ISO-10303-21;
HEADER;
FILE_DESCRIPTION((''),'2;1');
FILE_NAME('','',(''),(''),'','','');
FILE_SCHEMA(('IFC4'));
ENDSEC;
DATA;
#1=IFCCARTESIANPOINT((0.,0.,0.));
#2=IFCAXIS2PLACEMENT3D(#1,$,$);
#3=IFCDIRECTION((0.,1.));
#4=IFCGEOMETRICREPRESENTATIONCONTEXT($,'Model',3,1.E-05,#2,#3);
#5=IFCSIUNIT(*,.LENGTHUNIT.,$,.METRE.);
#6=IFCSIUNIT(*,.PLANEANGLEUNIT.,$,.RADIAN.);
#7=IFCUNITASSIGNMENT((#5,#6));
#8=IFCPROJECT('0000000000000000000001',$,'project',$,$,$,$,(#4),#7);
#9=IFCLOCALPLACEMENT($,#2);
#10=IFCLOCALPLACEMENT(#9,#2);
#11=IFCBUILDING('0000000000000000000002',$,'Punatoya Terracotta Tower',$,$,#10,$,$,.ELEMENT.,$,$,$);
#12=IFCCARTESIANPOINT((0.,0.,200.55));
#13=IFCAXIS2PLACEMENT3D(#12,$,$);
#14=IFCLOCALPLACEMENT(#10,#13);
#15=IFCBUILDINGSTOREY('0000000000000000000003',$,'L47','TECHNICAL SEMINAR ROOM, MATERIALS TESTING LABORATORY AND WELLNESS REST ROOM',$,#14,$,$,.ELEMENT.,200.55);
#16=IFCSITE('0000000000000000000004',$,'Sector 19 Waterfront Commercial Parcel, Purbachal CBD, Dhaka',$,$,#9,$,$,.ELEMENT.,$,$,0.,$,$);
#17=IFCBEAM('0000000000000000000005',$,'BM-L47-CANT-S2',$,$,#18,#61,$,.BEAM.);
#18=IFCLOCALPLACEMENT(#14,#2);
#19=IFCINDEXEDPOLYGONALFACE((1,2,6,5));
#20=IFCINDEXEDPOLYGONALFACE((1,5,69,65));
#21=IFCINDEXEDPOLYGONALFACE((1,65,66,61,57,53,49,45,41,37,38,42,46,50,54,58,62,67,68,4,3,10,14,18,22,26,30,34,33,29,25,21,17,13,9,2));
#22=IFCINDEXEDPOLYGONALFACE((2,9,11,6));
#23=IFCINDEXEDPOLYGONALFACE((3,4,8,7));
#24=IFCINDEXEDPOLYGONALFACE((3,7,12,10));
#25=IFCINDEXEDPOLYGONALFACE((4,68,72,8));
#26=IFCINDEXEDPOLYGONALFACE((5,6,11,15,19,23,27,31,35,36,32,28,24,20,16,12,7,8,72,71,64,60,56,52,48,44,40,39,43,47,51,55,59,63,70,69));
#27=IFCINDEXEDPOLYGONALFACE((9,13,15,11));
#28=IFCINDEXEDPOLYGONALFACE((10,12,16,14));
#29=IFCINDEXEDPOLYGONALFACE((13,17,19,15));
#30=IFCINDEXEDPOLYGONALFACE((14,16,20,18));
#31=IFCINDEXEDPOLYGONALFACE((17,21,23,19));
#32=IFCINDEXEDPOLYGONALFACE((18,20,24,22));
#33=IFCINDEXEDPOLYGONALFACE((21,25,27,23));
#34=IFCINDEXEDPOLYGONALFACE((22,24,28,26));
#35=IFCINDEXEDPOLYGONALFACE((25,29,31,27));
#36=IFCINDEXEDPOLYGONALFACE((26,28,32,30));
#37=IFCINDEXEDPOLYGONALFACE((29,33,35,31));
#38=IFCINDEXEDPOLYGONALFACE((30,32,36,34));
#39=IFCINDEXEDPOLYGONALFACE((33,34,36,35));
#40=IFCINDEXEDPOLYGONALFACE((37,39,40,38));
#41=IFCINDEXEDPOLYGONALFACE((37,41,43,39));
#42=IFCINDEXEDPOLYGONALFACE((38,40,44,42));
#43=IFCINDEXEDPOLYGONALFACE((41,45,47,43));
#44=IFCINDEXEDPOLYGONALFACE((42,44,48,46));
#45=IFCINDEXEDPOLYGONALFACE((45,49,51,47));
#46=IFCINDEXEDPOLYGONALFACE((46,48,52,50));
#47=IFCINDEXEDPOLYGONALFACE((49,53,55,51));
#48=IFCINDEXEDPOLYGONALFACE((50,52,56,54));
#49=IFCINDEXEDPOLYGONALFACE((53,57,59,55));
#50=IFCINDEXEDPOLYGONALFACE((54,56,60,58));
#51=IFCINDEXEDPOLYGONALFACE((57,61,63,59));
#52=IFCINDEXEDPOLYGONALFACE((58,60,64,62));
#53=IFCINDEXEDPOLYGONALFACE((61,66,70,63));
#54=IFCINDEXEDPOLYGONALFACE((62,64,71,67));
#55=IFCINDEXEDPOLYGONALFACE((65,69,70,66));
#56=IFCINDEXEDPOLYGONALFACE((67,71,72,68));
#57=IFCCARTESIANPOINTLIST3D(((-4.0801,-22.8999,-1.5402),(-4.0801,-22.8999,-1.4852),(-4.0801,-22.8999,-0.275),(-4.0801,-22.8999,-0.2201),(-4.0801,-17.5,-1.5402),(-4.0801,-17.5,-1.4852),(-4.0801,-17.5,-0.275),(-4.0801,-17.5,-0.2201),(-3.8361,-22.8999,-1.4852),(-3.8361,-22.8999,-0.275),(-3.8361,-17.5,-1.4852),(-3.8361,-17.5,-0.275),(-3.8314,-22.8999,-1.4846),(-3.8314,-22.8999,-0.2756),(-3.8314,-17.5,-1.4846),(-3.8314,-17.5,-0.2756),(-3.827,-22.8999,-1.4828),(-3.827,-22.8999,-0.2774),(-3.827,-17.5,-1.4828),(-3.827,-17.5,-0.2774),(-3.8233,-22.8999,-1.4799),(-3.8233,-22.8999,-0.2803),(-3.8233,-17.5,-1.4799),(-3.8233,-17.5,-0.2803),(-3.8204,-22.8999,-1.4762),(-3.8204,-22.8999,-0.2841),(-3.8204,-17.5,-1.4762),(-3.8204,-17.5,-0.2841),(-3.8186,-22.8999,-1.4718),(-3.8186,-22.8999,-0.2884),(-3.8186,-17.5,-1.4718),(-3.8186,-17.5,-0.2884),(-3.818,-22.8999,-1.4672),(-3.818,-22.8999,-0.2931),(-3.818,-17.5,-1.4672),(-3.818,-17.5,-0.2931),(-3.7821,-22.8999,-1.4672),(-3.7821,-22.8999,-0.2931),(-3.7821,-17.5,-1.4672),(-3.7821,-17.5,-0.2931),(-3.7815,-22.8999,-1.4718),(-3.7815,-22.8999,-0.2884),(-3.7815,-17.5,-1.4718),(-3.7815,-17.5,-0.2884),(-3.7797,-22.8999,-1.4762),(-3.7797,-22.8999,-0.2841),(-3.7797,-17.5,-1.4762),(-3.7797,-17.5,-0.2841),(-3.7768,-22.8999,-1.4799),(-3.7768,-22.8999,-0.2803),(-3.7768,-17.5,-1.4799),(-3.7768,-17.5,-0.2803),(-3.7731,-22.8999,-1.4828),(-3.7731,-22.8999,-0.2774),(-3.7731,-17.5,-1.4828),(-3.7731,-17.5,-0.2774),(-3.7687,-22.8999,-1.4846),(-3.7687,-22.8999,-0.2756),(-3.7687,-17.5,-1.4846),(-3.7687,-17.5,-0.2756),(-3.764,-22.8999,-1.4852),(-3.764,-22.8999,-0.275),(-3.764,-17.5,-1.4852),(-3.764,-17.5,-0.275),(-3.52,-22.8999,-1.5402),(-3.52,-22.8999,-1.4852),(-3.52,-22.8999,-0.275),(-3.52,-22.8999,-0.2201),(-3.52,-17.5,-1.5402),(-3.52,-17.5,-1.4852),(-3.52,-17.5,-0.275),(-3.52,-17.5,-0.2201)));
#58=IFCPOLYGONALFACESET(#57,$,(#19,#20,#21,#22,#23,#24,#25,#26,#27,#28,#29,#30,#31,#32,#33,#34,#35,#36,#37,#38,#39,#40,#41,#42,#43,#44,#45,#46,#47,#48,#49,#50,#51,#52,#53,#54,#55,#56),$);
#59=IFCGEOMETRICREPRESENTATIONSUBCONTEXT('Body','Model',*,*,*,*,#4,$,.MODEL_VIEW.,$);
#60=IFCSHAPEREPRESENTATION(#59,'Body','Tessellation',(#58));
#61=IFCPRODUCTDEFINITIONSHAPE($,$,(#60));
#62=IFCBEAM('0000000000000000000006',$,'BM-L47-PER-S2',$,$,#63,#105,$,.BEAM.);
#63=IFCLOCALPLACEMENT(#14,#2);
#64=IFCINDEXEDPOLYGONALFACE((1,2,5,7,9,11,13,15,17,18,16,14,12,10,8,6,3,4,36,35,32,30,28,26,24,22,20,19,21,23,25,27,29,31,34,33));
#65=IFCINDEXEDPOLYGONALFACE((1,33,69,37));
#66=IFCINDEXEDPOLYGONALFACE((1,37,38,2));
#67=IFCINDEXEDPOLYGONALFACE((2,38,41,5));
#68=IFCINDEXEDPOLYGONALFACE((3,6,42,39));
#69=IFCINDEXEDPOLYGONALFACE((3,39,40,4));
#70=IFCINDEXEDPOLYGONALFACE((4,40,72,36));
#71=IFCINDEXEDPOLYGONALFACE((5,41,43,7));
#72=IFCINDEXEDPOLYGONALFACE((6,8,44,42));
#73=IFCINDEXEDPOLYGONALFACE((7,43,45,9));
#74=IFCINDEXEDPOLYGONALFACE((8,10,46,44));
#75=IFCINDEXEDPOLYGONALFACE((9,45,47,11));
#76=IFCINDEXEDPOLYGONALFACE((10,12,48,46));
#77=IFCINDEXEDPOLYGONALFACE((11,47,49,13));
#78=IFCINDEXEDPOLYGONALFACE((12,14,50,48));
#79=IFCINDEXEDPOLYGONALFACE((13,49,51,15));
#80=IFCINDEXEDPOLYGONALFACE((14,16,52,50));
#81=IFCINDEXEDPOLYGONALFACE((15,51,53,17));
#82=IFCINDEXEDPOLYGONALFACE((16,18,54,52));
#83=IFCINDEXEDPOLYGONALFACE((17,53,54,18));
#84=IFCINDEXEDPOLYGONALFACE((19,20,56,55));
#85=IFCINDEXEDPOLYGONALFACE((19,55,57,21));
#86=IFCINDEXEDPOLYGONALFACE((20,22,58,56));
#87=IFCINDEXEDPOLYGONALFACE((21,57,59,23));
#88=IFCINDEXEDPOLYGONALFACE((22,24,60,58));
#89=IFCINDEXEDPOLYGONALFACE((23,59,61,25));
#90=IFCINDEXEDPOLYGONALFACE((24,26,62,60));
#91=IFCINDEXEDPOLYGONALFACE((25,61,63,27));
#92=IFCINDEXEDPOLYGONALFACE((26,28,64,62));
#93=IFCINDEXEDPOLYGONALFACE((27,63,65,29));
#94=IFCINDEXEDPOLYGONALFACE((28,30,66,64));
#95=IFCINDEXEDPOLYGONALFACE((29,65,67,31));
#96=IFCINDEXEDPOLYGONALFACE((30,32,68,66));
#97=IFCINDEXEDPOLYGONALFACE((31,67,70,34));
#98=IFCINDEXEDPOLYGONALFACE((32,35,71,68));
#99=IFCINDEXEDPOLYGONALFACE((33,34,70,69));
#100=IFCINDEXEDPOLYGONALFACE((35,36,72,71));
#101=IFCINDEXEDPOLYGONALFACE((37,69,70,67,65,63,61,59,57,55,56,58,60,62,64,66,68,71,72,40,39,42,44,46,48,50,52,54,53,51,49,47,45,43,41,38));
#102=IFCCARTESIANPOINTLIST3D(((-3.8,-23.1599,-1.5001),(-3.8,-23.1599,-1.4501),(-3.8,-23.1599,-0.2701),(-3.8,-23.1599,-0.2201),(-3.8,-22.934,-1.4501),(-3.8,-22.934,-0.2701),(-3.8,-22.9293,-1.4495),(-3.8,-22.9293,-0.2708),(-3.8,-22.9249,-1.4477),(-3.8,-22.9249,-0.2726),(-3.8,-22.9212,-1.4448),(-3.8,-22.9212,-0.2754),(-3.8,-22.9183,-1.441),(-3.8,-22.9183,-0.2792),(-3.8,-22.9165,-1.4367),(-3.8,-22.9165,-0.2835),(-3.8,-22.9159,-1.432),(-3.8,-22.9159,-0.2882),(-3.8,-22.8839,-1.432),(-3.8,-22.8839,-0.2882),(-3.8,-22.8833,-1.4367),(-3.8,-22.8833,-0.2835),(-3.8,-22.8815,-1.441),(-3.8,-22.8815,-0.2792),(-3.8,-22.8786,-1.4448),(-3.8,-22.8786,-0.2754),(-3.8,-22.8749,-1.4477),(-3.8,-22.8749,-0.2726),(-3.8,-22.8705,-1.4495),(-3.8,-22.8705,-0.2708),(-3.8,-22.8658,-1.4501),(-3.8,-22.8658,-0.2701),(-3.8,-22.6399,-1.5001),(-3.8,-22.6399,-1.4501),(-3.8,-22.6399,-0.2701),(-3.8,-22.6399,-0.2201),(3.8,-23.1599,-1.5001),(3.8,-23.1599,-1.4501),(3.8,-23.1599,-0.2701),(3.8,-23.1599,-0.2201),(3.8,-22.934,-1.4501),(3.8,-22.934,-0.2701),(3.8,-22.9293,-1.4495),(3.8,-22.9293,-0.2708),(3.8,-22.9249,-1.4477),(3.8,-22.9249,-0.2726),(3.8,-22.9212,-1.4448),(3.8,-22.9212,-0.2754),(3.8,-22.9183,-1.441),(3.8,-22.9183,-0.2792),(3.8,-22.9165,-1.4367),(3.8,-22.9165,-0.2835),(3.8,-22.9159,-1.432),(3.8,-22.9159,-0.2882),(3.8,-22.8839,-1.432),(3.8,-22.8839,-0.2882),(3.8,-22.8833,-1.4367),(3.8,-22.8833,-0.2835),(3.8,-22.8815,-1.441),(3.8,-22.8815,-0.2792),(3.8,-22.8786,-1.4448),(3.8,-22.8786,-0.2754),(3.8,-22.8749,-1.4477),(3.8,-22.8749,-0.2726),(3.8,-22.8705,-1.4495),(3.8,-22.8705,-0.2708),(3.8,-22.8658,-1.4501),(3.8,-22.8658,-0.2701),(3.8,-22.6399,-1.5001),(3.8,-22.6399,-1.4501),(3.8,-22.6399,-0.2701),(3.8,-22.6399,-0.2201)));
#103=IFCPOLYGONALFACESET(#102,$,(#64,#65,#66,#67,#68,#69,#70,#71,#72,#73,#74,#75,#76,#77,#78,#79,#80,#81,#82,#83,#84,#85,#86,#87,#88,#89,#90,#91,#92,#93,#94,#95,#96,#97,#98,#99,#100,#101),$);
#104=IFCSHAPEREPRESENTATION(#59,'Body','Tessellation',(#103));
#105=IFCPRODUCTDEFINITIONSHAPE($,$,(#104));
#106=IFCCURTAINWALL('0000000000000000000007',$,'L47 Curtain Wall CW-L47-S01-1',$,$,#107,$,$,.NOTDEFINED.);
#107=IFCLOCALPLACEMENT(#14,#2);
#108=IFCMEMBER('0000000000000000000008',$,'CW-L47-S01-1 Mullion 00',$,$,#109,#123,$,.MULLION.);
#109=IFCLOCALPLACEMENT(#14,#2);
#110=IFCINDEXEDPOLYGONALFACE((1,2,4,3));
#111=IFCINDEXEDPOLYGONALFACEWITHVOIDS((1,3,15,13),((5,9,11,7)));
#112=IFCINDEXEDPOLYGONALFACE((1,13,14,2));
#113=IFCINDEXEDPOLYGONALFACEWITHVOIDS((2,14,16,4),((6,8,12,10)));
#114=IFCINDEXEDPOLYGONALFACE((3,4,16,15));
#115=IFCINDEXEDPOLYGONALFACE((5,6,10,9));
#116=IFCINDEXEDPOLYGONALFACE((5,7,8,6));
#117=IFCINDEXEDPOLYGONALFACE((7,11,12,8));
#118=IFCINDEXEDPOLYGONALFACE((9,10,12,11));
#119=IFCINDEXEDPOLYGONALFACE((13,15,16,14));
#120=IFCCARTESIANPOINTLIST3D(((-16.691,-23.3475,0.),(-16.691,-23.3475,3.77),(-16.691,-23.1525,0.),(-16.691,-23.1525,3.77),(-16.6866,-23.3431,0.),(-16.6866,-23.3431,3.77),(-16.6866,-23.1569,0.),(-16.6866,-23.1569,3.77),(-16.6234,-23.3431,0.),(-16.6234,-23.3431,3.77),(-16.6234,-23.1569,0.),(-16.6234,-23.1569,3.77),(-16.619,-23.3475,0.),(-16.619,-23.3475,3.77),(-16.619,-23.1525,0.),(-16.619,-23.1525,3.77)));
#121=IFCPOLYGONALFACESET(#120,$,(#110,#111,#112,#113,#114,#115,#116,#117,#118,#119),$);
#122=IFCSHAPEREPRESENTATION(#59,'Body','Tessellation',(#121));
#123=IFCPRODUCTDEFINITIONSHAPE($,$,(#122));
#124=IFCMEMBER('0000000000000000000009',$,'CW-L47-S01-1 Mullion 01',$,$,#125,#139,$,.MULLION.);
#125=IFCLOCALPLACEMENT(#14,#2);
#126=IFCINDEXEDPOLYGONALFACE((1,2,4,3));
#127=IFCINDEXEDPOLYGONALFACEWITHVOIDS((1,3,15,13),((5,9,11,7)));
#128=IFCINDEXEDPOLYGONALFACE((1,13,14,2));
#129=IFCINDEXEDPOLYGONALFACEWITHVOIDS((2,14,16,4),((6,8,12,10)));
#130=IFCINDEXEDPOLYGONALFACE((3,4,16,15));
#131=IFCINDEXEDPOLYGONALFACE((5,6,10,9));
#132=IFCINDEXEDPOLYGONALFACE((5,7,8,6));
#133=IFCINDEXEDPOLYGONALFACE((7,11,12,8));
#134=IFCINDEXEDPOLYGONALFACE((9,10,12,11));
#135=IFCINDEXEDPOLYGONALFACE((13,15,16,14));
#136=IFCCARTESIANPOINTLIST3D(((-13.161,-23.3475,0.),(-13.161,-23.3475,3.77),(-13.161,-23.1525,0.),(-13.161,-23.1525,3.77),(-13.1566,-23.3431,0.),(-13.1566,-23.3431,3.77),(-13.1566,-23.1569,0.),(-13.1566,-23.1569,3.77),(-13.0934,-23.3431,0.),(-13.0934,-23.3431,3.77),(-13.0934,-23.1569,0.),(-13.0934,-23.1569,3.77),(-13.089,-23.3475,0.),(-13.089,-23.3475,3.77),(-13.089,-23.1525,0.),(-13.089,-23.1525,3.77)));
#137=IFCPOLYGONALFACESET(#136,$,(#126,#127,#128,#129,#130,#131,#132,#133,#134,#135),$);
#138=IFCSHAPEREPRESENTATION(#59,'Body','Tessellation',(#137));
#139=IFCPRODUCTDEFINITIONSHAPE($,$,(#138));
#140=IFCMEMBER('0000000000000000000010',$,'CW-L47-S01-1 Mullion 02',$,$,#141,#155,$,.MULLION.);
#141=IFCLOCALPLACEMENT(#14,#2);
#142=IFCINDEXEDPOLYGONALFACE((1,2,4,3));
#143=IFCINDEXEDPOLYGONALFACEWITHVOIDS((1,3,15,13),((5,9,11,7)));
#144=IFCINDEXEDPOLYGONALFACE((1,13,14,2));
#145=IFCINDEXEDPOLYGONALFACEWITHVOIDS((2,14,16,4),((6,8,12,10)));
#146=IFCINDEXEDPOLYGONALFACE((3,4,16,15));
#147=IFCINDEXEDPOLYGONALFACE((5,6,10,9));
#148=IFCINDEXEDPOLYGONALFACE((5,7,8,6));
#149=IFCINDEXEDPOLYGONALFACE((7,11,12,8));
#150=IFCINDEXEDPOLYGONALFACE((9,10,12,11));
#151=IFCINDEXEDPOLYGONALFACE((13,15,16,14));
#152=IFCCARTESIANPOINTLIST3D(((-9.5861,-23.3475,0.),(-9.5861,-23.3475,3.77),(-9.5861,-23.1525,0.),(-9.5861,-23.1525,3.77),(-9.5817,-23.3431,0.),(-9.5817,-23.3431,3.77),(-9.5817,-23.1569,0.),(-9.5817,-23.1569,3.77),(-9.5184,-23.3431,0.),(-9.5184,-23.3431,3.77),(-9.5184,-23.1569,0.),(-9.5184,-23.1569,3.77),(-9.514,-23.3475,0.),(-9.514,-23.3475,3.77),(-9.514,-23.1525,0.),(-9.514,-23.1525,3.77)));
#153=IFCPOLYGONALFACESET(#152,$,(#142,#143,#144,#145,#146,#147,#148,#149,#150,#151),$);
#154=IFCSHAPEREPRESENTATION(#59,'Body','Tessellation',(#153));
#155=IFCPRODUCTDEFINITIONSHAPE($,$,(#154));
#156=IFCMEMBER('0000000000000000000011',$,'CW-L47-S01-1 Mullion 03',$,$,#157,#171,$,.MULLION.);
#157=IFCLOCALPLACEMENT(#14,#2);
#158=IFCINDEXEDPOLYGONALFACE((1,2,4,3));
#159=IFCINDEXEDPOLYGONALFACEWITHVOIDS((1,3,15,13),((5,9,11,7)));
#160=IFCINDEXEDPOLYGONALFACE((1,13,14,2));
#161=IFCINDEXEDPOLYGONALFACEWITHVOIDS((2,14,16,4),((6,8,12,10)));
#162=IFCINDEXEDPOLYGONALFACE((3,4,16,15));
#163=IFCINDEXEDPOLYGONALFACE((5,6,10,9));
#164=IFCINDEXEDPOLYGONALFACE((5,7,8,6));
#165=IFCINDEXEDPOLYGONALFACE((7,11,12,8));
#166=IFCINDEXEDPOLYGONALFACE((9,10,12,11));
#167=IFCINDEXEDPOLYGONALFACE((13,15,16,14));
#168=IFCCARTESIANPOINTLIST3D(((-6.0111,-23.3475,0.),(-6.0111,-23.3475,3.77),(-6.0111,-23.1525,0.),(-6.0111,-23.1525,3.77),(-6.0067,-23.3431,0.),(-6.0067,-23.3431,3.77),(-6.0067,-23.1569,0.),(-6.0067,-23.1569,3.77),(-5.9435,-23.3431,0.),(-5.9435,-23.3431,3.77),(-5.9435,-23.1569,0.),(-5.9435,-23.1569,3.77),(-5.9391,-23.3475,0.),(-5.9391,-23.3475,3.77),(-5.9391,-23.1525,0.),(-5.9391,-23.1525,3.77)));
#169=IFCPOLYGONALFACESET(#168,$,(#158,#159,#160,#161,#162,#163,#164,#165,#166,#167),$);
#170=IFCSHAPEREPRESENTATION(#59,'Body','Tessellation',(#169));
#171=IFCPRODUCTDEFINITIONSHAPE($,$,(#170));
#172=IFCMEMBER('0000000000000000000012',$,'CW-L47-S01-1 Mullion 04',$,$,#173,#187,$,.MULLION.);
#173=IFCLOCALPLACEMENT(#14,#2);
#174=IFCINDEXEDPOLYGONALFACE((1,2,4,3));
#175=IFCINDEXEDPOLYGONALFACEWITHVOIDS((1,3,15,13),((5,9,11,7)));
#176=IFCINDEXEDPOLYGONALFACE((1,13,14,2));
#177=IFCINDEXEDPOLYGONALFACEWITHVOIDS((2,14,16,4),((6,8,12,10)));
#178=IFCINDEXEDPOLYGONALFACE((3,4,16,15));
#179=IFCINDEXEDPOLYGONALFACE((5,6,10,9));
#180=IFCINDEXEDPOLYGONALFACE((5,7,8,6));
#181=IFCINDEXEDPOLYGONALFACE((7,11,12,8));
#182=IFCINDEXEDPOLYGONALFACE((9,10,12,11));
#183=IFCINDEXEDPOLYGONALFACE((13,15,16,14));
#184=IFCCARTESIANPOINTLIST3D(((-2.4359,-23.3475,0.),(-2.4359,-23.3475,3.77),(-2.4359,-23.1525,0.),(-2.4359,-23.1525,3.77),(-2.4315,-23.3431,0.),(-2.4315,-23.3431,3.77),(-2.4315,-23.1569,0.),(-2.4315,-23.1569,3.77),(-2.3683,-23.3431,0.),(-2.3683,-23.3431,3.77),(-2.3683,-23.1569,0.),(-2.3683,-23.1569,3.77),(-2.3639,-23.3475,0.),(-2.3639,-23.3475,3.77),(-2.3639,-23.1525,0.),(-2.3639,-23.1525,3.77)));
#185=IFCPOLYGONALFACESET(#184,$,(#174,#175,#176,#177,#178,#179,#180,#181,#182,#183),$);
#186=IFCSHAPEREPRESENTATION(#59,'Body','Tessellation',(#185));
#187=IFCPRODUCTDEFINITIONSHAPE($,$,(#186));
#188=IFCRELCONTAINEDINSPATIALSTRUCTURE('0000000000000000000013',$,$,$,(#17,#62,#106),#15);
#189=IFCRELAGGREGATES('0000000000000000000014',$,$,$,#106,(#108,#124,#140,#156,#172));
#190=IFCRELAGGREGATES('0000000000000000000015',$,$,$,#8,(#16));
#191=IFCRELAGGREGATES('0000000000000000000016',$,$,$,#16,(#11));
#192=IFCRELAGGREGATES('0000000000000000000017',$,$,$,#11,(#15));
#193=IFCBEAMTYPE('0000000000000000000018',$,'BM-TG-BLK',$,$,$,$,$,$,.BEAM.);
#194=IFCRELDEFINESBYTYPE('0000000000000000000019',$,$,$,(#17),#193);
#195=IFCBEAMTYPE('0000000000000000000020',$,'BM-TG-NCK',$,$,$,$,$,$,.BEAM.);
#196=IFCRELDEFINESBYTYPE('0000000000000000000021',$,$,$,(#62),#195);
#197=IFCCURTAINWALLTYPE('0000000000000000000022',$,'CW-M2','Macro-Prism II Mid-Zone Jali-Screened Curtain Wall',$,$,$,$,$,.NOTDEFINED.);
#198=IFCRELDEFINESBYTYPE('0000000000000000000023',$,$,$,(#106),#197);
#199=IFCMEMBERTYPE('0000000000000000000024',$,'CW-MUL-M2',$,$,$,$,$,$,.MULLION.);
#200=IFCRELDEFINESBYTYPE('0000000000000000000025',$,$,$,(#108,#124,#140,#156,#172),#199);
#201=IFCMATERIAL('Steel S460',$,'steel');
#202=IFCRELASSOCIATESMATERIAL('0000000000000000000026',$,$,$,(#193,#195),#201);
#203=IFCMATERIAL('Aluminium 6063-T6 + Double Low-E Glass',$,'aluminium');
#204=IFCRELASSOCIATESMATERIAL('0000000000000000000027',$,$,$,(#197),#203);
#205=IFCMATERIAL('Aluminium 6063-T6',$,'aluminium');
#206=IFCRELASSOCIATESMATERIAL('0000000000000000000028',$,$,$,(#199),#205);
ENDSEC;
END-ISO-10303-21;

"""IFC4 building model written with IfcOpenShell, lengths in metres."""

from ifc_helpers import new_model, si_unit, direction, frame, origin, origin_2d, place, context, subcontext, project, spatial, hollow_rectangle, i_section, extrude, material, material_profile, profile_set, type_object, element, aggregate, save


model = new_model("IFC4")

# Units and contexts
model_context = context("Model", 3, precision=1e-05, world=origin(), true_north=direction((0.0, 1.0)))
body_context = subcontext(model_context, "Body", "Model", "MODEL_VIEW")
ifc_project = project(units=[si_unit("LENGTHUNIT", "METRE"), si_unit("PLANEANGLEUNIT", "RADIAN")], contexts=[model_context])

# Site, building, storey
site_placement = place(None, origin())
site = spatial("IfcSite", under=ifc_project, at=site_placement, Name="Sector 19 Waterfront Commercial Parcel, Purbachal CBD, Dhaka", CompositionType="ELEMENT", RefElevation=0.0)
building_placement = place(site_placement, origin())
building = spatial("IfcBuilding", under=site, at=building_placement, Name="Punatoya Terracotta Tower", CompositionType="ELEMENT")
storey_placement = place(building_placement, frame((0.0, 0.0, 200.55)))
storey = spatial("IfcBuildingStorey", under=building, at=storey_placement, Name="L47", Description="TECHNICAL SEMINAR ROOM, MATERIALS TESTING LABORATORY AND WELLNESS REST ROOM", CompositionType="ELEMENT", Elevation=200.55)

# Shared definitions
ifc_material_1 = material(Name="Steel S460", Category="steel")

# Beams
ifc_material_profile_1 = material_profile(ifc_material_1, i_section(OverallWidth=0.5601, OverallDepth=1.3201, WebThickness=0.0359, FlangeThickness=0.0549, FilletRadius=0.0181, at=origin_2d()))
ifc_profile_set_1 = profile_set([ifc_material_profile_1], Name="Steel S460")
beam_type_1 = type_object("IfcBeamType", Name="BM-TG-BLK", PredefinedType="BEAM", material=ifc_profile_set_1)
beam_1_placement = place(storey_placement, frame((-3.8, -22.8999, -0.8801), z_axis=(0.0, 1.0, 0.0), x_axis=(-1.0, 0.0, 0.0)))
element("IfcBeam", 1, at=beam_1_placement, inside=storey, type_object=beam_type_1, Name="BM-L47-CANT-S2", PredefinedType="BEAM", context=body_context, shape_type="SweptSolid", body=[
    extrude(i_section(OverallWidth=0.5601, OverallDepth=1.3201, WebThickness=0.0359, FlangeThickness=0.0549, FilletRadius=0.0181, at=origin_2d()), origin(), (0.0, 0.0, 1.0), 5.3999),
])
ifc_material_profile_2 = material_profile(ifc_material_1, i_section(OverallWidth=0.52, OverallDepth=1.28, WebThickness=0.032, FlangeThickness=0.05, FilletRadius=0.0181, at=origin_2d()))
ifc_profile_set_2 = profile_set([ifc_material_profile_2], Name="Steel S460")
beam_type_2 = type_object("IfcBeamType", Name="BM-TG-NCK", PredefinedType="BEAM", material=ifc_profile_set_2)
beam_2_placement = place(storey_placement, frame((-3.8, -22.8999, -0.8601), z_axis=(1.0, 0.0, 0.0), x_axis=(0.0, 1.0, 0.0)))
element("IfcBeam", 2, at=beam_2_placement, inside=storey, type_object=beam_type_2, Name="BM-L47-PER-S2", PredefinedType="BEAM", context=body_context, shape_type="SweptSolid", body=[
    extrude(i_section(OverallWidth=0.52, OverallDepth=1.28, WebThickness=0.032, FlangeThickness=0.05, FilletRadius=0.0181, at=origin_2d()), origin(), (0.0, 0.0, 1.0), 7.6001),
])

# Curtain wall, members
ifc_material_2 = material(Name="Aluminium 6063-T6 + Double Low-E Glass", Category="aluminium")
curtain_wall_type = type_object("IfcCurtainWallType", Name="CW-M2", Description="Macro-Prism II Mid-Zone Jali-Screened Curtain Wall", PredefinedType="NOTDEFINED", material=ifc_material_2)
curtain_wall_placement = place(storey_placement, origin())
curtain_wall = element("IfcCurtainWall", 3, at=curtain_wall_placement, inside=storey, type_object=curtain_wall_type, Name="L47 Curtain Wall CW-L47-S01-1", PredefinedType="NOTDEFINED")
ifc_material_3 = material(Name="Aluminium 6063-T6", Category="aluminium")
ifc_material_profile_3 = material_profile(ifc_material_3, hollow_rectangle(XDim=0.072, YDim=0.1951, WallThickness=0.0044, at=origin_2d()))
ifc_profile_set_3 = profile_set([ifc_material_profile_3], Name="Aluminium 6063-T6")
member_type_1 = type_object("IfcMemberType", Name="CW-MUL-M2", PredefinedType="MULLION", material=ifc_profile_set_3)
member_1_placement = place(storey_placement, frame((-16.655, -23.25, 0.0), z_axis=(0.0, 0.0, 1.0), x_axis=(1.0, 0.0, 0.0)))
member_1 = element("IfcMember", 4, at=member_1_placement, type_object=member_type_1, Name="CW-L47-S01-1 Mullion 00", PredefinedType="MULLION", context=body_context, shape_type="SweptSolid", body=[
    extrude(hollow_rectangle(XDim=0.072, YDim=0.1951, WallThickness=0.0044, at=origin_2d()), origin(), (0.0, 0.0, 1.0), 3.77),
])
member_2_placement = place(storey_placement, frame((-13.125, -23.25, 0.0), z_axis=(0.0, 0.0, 1.0), x_axis=(1.0, 0.0, 0.0)))
member_2 = element("IfcMember", 5, at=member_2_placement, type_object=member_type_1, Name="CW-L47-S01-1 Mullion 01", PredefinedType="MULLION", context=body_context, shape_type="SweptSolid", body=[
    extrude(hollow_rectangle(XDim=0.072, YDim=0.1951, WallThickness=0.0044, at=origin_2d()), origin(), (0.0, 0.0, 1.0), 3.77),
])
member_3_placement = place(storey_placement, frame((-9.55, -23.25, 0.0), z_axis=(0.0, 0.0, 1.0), x_axis=(1.0, 0.0, 0.0)))
member_3 = element("IfcMember", 6, at=member_3_placement, type_object=member_type_1, Name="CW-L47-S01-1 Mullion 02", PredefinedType="MULLION", context=body_context, shape_type="SweptSolid", body=[
    extrude(hollow_rectangle(XDim=0.072, YDim=0.1951, WallThickness=0.0044, at=origin_2d()), origin(), (0.0, 0.0, 1.0), 3.77),
])
member_4_placement = place(storey_placement, frame((-5.9751, -23.25, 0.0), z_axis=(0.0, 0.0, 1.0), x_axis=(1.0, 0.0, 0.0)))
member_4 = element("IfcMember", 7, at=member_4_placement, type_object=member_type_1, Name="CW-L47-S01-1 Mullion 03", PredefinedType="MULLION", context=body_context, shape_type="SweptSolid", body=[
    extrude(hollow_rectangle(XDim=0.072, YDim=0.1951, WallThickness=0.0044, at=origin_2d()), origin(), (0.0, 0.0, 1.0), 3.77),
])
member_5_placement = place(storey_placement, frame((-2.3999, -23.25, 0.0), z_axis=(0.0, 0.0, 1.0), x_axis=(1.0, 0.0, 0.0)))
member_5 = element("IfcMember", 8, at=member_5_placement, type_object=member_type_1, Name="CW-L47-S01-1 Mullion 04", PredefinedType="MULLION", context=body_context, shape_type="SweptSolid", body=[
    extrude(hollow_rectangle(XDim=0.072, YDim=0.1951, WallThickness=0.0044, at=origin_2d()), origin(), (0.0, 0.0, 1.0), 3.77),
])
aggregate(curtain_wall, [member_1, member_2, member_3, member_4, member_5])

save(model, "model.ifc")
